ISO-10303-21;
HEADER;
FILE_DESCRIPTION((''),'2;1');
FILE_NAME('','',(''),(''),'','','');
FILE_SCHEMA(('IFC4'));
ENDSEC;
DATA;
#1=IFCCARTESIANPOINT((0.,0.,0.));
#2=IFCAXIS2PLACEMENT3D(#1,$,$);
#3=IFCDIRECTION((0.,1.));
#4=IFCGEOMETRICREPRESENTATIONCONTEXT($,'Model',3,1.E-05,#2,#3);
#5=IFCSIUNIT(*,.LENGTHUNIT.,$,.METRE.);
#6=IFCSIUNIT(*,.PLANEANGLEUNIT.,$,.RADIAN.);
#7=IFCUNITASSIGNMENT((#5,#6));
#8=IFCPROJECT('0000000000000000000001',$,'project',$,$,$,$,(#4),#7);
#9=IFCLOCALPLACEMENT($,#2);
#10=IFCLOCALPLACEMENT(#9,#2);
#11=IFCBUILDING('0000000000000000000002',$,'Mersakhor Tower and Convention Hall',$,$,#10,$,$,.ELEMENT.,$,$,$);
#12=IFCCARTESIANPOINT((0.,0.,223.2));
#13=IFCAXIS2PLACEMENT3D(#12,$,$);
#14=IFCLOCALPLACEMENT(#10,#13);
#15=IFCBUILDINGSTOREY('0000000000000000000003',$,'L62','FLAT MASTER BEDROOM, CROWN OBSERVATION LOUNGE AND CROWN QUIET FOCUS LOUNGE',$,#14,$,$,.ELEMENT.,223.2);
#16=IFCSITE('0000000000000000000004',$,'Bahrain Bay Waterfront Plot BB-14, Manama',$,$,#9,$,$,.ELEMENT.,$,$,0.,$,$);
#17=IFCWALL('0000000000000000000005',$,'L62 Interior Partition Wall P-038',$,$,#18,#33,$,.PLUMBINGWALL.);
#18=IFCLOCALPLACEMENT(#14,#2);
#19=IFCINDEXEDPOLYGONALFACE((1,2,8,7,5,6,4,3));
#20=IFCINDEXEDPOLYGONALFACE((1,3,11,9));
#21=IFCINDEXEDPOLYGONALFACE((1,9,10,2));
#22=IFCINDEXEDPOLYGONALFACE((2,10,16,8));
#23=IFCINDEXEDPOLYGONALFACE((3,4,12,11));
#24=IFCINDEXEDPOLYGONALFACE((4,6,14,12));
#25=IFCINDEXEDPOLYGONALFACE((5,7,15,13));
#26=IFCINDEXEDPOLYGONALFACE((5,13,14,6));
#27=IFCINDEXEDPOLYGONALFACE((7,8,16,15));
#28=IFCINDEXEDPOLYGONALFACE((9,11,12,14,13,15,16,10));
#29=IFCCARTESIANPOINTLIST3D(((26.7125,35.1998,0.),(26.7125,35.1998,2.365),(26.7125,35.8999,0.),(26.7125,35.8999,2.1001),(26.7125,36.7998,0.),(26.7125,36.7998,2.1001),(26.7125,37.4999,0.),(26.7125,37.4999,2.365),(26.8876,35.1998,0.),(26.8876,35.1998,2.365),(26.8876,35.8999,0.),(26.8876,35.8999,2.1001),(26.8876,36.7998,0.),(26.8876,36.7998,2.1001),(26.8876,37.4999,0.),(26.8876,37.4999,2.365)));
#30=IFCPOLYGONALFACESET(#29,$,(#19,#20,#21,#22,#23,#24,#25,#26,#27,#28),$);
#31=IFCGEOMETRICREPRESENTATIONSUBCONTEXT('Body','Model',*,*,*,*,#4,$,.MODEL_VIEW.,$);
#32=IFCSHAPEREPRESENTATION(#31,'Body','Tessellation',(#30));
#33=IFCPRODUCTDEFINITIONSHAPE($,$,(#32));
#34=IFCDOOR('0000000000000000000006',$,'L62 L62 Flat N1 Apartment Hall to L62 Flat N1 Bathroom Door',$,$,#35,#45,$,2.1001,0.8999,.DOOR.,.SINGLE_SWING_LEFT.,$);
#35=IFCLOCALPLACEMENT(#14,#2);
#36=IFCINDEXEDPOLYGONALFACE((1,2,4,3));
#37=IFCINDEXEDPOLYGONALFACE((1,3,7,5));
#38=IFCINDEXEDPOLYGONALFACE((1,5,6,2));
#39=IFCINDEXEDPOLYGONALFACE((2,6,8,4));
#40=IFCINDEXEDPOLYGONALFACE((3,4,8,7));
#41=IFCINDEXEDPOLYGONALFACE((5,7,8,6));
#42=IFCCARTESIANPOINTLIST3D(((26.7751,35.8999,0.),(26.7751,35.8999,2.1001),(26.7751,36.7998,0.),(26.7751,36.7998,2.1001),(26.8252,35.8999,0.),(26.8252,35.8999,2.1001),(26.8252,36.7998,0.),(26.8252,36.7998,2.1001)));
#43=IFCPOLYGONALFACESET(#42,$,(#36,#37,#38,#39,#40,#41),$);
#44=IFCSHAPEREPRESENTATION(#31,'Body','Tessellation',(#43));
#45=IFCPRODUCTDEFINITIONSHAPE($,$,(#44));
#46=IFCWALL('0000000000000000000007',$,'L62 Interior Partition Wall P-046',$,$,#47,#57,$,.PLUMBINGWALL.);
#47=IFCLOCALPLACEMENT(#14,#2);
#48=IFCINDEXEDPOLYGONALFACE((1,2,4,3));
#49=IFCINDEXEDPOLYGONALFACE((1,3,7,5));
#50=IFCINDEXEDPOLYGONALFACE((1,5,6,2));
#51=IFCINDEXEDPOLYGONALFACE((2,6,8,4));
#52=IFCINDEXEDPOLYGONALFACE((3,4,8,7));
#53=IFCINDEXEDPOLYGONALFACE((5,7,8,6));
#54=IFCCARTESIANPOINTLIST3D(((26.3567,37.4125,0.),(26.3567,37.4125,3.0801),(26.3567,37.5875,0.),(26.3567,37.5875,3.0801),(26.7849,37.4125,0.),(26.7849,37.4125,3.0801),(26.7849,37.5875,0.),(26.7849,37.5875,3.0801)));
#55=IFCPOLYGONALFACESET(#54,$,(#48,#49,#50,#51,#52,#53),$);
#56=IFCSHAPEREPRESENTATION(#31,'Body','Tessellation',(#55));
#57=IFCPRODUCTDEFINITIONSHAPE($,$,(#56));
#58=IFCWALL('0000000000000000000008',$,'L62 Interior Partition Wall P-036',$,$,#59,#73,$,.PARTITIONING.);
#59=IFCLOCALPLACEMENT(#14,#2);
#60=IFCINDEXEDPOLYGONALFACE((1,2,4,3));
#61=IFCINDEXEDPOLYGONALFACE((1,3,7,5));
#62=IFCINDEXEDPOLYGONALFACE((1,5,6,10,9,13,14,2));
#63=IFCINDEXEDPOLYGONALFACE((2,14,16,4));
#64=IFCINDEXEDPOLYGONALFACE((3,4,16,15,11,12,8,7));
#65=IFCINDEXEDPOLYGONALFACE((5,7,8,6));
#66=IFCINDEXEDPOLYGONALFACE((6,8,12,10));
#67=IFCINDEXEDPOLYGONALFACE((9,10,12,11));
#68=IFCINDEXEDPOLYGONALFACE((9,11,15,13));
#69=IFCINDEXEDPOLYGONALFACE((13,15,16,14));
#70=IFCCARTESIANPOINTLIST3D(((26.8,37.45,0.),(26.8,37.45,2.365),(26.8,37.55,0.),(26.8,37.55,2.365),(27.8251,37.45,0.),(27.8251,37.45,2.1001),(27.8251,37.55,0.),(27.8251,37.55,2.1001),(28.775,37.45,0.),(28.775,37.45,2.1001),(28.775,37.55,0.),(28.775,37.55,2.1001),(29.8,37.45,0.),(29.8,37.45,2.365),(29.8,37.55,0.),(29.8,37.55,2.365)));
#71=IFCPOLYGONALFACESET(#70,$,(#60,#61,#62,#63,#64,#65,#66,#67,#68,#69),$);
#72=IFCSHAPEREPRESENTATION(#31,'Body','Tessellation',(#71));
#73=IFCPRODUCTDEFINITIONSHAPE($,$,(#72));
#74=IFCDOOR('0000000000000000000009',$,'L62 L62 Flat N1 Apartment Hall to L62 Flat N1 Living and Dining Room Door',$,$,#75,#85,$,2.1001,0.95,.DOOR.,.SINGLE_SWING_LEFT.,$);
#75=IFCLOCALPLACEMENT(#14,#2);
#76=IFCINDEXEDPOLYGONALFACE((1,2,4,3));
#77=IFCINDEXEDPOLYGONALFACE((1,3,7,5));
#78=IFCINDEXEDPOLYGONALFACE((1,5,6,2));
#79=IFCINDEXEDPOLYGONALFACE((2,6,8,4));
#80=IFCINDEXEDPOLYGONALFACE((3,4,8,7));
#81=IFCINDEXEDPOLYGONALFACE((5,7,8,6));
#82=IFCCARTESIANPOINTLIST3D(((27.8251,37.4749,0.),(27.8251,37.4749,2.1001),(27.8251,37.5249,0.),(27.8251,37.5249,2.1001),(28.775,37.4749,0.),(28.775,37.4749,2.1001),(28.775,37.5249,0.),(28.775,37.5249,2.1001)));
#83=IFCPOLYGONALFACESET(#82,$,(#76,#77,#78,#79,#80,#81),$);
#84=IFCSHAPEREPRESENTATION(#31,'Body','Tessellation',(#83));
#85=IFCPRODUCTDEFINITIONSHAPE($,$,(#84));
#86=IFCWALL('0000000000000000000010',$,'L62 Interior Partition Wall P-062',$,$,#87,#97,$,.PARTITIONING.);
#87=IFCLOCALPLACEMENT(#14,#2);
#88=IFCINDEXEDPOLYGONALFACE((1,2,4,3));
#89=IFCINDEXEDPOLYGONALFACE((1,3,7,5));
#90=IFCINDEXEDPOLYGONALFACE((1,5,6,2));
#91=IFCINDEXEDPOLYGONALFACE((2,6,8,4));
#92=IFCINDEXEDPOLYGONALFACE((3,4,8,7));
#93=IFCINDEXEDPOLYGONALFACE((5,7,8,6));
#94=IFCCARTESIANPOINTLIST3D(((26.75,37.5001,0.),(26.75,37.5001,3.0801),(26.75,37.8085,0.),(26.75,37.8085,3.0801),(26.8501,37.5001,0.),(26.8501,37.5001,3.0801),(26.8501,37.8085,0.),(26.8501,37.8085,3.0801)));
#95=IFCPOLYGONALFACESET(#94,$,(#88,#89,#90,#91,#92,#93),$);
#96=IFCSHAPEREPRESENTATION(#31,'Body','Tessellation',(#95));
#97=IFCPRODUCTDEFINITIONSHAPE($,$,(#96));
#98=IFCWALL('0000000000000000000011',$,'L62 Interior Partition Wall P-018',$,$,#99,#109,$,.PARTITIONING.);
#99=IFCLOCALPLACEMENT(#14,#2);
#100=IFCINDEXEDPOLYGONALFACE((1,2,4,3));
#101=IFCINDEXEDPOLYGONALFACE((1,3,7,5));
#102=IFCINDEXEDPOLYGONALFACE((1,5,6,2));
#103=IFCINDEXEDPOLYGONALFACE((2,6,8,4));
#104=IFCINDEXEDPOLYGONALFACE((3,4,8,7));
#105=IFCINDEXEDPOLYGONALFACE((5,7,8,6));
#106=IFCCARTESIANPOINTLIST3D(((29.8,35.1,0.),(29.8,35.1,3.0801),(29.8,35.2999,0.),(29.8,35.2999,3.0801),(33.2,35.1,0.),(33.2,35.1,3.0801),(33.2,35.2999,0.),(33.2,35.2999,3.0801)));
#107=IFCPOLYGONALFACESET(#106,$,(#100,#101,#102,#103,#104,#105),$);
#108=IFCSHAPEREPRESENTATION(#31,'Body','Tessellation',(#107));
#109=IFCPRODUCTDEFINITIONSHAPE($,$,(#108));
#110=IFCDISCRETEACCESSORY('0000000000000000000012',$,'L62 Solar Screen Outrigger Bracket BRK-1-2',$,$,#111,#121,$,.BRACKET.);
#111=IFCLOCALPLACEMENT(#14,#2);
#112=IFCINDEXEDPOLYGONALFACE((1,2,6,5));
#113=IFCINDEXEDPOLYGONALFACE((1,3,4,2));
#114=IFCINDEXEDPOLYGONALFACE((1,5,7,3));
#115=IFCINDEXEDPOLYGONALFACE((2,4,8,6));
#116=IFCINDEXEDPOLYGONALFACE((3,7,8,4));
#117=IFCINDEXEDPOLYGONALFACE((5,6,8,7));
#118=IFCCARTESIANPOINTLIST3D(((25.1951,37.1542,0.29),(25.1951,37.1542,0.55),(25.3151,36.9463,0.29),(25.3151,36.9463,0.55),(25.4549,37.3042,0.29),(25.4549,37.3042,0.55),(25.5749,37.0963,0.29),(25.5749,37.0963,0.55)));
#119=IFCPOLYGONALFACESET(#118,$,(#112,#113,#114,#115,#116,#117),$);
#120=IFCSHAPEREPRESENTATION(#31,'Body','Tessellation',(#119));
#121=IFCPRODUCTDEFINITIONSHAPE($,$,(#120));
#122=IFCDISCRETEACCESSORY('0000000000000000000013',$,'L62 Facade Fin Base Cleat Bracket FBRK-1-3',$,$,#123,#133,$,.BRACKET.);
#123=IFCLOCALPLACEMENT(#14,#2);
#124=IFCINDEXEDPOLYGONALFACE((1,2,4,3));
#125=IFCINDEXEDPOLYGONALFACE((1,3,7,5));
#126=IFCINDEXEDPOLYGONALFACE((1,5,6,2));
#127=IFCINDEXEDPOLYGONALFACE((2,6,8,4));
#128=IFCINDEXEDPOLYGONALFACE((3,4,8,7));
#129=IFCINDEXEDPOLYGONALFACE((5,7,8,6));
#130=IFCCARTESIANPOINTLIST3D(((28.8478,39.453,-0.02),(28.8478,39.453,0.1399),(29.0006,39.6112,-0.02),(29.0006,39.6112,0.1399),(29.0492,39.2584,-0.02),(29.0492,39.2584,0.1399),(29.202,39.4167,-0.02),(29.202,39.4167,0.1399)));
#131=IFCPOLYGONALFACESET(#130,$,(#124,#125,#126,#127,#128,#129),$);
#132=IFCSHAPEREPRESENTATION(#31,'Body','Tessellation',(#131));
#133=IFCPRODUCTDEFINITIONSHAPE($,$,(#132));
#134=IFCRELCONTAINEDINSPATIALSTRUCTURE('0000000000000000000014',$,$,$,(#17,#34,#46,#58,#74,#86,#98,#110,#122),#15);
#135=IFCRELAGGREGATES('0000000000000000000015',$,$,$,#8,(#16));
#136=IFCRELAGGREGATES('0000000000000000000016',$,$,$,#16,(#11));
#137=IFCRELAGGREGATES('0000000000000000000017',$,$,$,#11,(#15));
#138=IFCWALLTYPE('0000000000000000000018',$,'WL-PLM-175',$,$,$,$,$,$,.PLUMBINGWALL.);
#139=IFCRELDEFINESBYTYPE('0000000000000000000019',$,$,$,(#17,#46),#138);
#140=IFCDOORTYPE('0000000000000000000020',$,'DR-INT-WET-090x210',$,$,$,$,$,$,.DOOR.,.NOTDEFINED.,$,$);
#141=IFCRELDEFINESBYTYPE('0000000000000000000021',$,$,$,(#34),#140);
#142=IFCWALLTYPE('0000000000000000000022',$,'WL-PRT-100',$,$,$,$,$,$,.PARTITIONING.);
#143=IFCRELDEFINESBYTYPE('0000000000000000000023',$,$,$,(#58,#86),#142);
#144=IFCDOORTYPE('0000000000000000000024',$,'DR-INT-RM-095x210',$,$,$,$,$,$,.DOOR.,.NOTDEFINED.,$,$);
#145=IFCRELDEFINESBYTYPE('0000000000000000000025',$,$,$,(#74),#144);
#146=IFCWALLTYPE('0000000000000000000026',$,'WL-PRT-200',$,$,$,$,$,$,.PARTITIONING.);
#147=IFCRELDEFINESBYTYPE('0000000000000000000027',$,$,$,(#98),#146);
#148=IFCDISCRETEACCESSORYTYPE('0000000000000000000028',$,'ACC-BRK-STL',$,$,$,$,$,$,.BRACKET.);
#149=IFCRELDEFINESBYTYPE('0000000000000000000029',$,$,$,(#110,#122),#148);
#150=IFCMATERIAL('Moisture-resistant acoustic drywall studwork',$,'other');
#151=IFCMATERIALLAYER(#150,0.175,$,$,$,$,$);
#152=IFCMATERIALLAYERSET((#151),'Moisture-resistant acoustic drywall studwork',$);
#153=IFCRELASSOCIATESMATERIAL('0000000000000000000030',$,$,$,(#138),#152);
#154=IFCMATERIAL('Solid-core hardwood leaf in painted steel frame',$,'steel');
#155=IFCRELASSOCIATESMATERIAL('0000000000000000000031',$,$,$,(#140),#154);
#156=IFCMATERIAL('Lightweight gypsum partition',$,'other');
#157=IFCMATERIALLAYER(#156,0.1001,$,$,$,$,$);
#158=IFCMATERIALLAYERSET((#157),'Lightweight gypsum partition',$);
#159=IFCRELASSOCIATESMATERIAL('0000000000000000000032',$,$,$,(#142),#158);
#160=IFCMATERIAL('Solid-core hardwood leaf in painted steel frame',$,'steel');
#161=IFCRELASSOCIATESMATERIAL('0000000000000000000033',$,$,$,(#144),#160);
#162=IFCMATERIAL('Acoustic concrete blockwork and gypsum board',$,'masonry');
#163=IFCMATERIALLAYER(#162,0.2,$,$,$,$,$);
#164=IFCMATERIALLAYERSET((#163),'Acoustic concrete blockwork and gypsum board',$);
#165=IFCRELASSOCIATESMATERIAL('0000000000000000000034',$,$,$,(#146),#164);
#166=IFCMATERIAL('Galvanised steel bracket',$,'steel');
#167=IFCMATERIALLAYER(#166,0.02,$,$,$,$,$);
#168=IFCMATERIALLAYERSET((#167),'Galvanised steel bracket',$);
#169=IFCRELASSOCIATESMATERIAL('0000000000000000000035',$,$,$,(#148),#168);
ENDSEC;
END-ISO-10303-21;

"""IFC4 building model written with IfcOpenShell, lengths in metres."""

from ifc_helpers import new_model, si_unit, direction, frame, frame_2d, origin, origin_2d, place, context, subcontext, project, spatial, rectangle, extrude, material, layer, layer_set, type_object, element, fill, save


model = new_model("IFC4")

# Units and contexts
model_context = context("Model", 3, precision=1e-05, world=origin(), true_north=direction((0.0, 1.0)))
body_context = subcontext(model_context, "Body", "Model", "MODEL_VIEW")
ifc_project = project(units=[si_unit("LENGTHUNIT", "METRE"), si_unit("PLANEANGLEUNIT", "RADIAN")], contexts=[model_context])

# Site, building, storey
site_placement = place(None, origin())
site = spatial("IfcSite", under=ifc_project, at=site_placement, Name="Bahrain Bay Waterfront Plot BB-14, Manama", CompositionType="ELEMENT", RefElevation=0.0)
building_placement = place(site_placement, origin())
building = spatial("IfcBuilding", under=site, at=building_placement, Name="Mersakhor Tower and Convention Hall", CompositionType="ELEMENT")
storey_placement = place(building_placement, frame((0.0, 0.0, 223.2)))
storey = spatial("IfcBuildingStorey", under=building, at=storey_placement, Name="L62", Description="FLAT MASTER BEDROOM, CROWN OBSERVATION LOUNGE AND CROWN QUIET FOCUS LOUNGE", CompositionType="ELEMENT", Elevation=223.2)

# Wall, opening, door
ifc_material_1 = material(Name="Moisture-resistant acoustic drywall studwork", Category="other")
ifc_layer_1 = layer(ifc_material_1, 0.175)
ifc_layer_set_1 = layer_set([ifc_layer_1], Name="Moisture-resistant acoustic drywall studwork")
wall_type_1 = type_object("IfcWallType", Name="WL-PLM-175", PredefinedType="PLUMBINGWALL", material=ifc_layer_set_1)
wall_1_placement = place(storey_placement, frame((26.8, 35.2, 0.0), z_axis=(0.0, 0.0, 1.0), x_axis=(0.0, 1.0, 0.0)))
wall_1 = element("IfcWall", 1, at=wall_1_placement, inside=storey, type_object=wall_type_1, Name="L62 Interior Partition Wall P-038", PredefinedType="PLUMBINGWALL", context=body_context, shape_type="SweptSolid", body=[
    extrude(rectangle(XDim=2.3, YDim=0.175, at=frame_2d((1.1499, 0.0))), origin(), (0.0, 0.0, 1.0), 2.365),
])
opening_1_placement = place(wall_1_placement, frame((0.7, 0.0, 0.0)))
opening_1 = element("IfcOpeningElement", 2, at=opening_1_placement, cuts=wall_1, PredefinedType="OPENING", context=body_context, shape_type="SweptSolid", body=[
    extrude(rectangle(XDim=0.8999, YDim=2.1001, at=frame_2d((0.45, 1.05))), frame((0.0, 0.0974, 0.0), z_axis=(0.0, -1.0, 0.0), x_axis=(1.0, 0.0, 0.0)), (0.0, 0.0, 1.0), 0.1951),
])
ifc_material_2 = material(Name="Solid-core hardwood leaf in painted steel frame", Category="steel")
door_type_1 = type_object("IfcDoorType", Name="DR-INT-WET-090x210", OperationType="NOTDEFINED", PredefinedType="DOOR", material=ifc_material_2)
door_1_placement = place(opening_1_placement, origin())
door_1 = element("IfcDoor", 3, at=door_1_placement, inside=storey, type_object=door_type_1, Name="L62 L62 Flat N1 Apartment Hall to L62 Flat N1 Bathroom Door", OperationType="SINGLE_SWING_LEFT", OverallHeight=2.1001, OverallWidth=0.8999, PredefinedType="DOOR", context=body_context, shape_type="SweptSolid", body=[
    extrude(rectangle(XDim=0.8999, YDim=2.1001, at=frame_2d((0.45, 1.05))), frame((0.0, 0.0249, 0.0), z_axis=(0.0, -1.0, 0.0), x_axis=(1.0, 0.0, 0.0)), (0.0, 0.0, 1.0), 0.05),
])
fill(opening_1, door_1)

# Wall
wall_2_placement = place(storey_placement, frame((26.3567, 37.5, 0.0), z_axis=(0.0, 0.0, 1.0), x_axis=(1.0, 0.0, 0.0)))
element("IfcWall", 4, at=wall_2_placement, inside=storey, type_object=wall_type_1, Name="L62 Interior Partition Wall P-046", PredefinedType="PLUMBINGWALL", context=body_context, shape_type="SweptSolid", body=[
    extrude(rectangle(XDim=0.4282, YDim=0.175, at=frame_2d((0.2141, 0.0))), origin(), (0.0, 0.0, 1.0), 3.0801),
])

# Wall, opening, door
ifc_material_3 = material(Name="Lightweight gypsum partition", Category="other")
ifc_layer_2 = layer(ifc_material_3, 0.1001)
ifc_layer_set_2 = layer_set([ifc_layer_2], Name="Lightweight gypsum partition")
wall_type_2 = type_object("IfcWallType", Name="WL-PRT-100", PredefinedType="PARTITIONING", material=ifc_layer_set_2)
wall_3_placement = place(storey_placement, frame((26.8, 37.5, 0.0), z_axis=(0.0, 0.0, 1.0), x_axis=(1.0, 0.0, 0.0)))
wall_3 = element("IfcWall", 5, at=wall_3_placement, inside=storey, type_object=wall_type_2, Name="L62 Interior Partition Wall P-036", PredefinedType="PARTITIONING", context=body_context, shape_type="SweptSolid", body=[
    extrude(rectangle(XDim=3.0, YDim=0.1001, at=frame_2d((1.5, 0.0))), origin(), (0.0, 0.0, 1.0), 2.365),
])
opening_2_placement = place(wall_3_placement, frame((1.0249, 0.0, 0.0)))
opening_2 = element("IfcOpeningElement", 6, at=opening_2_placement, cuts=wall_3, PredefinedType="OPENING", context=body_context, shape_type="SweptSolid", body=[
    extrude(rectangle(XDim=0.95, YDim=2.1001, at=frame_2d((0.4751, 1.05))), frame((0.0, 0.0601, 0.0), z_axis=(0.0, -1.0, 0.0), x_axis=(1.0, 0.0, 0.0)), (0.0, 0.0, 1.0), 0.1201),
])
ifc_material_4 = material(Name="Solid-core hardwood leaf in painted steel frame", Category="steel")
door_type_2 = type_object("IfcDoorType", Name="DR-INT-RM-095x210", OperationType="NOTDEFINED", PredefinedType="DOOR", material=ifc_material_4)
door_2_placement = place(opening_2_placement, origin())
door_2 = element("IfcDoor", 7, at=door_2_placement, inside=storey, type_object=door_type_2, Name="L62 L62 Flat N1 Apartment Hall to L62 Flat N1 Living and Dining Room Door", OperationType="SINGLE_SWING_LEFT", OverallHeight=2.1001, OverallWidth=0.95, PredefinedType="DOOR", context=body_context, shape_type="SweptSolid", body=[
    extrude(rectangle(XDim=0.95, YDim=2.1001, at=frame_2d((0.4751, 1.05))), frame((0.0, 0.0249, 0.0), z_axis=(0.0, -1.0, 0.0), x_axis=(1.0, 0.0, 0.0)), (0.0, 0.0, 1.0), 0.05),
])
fill(opening_2, door_2)

# Wall
wall_4_placement = place(storey_placement, frame((26.8, 37.5, 0.0), z_axis=(0.0, 0.0, 1.0), x_axis=(0.0, 1.0, 0.0)))
element("IfcWall", 8, at=wall_4_placement, inside=storey, type_object=wall_type_2, Name="L62 Interior Partition Wall P-062", PredefinedType="PARTITIONING", context=body_context, shape_type="SweptSolid", body=[
    extrude(rectangle(XDim=0.3083, YDim=0.1001, at=frame_2d((0.1543, 0.0))), origin(), (0.0, 0.0, 1.0), 3.0801),
])

# Shared definitions
ifc_material_5 = material(Name="Acoustic concrete blockwork and gypsum board", Category="masonry")
ifc_layer_3 = layer(ifc_material_5, 0.2)
ifc_layer_set_3 = layer_set([ifc_layer_3], Name="Acoustic concrete blockwork and gypsum board")
wall_type_3 = type_object("IfcWallType", Name="WL-PRT-200", PredefinedType="PARTITIONING", material=ifc_layer_set_3)

# Wall
wall_5_placement = place(storey_placement, frame((29.8, 35.2, 0.0), z_axis=(0.0, 0.0, 1.0), x_axis=(1.0, 0.0, 0.0)))
element("IfcWall", 9, at=wall_5_placement, inside=storey, type_object=wall_type_3, Name="L62 Interior Partition Wall P-018", PredefinedType="PARTITIONING", context=body_context, shape_type="SweptSolid", body=[
    extrude(rectangle(XDim=3.3999, YDim=0.2, at=frame_2d((1.7, 0.0))), origin(), (0.0, 0.0, 1.0), 3.0801),
])

# Discrete accessories
ifc_material_6 = material(Name="Galvanised steel bracket", Category="steel")
ifc_layer_4 = layer(ifc_material_6, 0.02)
ifc_layer_set_4 = layer_set([ifc_layer_4], Name="Galvanised steel bracket")
discrete_accessory_type = type_object("IfcDiscreteAccessoryType", Name="ACC-BRK-STL", PredefinedType="BRACKET", material=ifc_layer_set_4)
discrete_accessory_1_placement = place(storey_placement, frame((25.385, 37.1252, 0.29), z_axis=(0.0, 0.0, 1.0), x_axis=(0.866025, 0.5, 0.0)))
element("IfcDiscreteAccessory", 10, at=discrete_accessory_1_placement, inside=storey, type_object=discrete_accessory_type, Name="L62 Solar Screen Outrigger Bracket BRK-1-2", PredefinedType="BRACKET", context=body_context, shape_type="SweptSolid", body=[
    extrude(rectangle(XDim=0.3, YDim=0.24, at=origin_2d()), origin(), (0.0, 0.0, 1.0), 0.26),
])
discrete_accessory_2_placement = place(storey_placement, frame((29.0249, 39.4348, -0.02), z_axis=(0.0, 0.0, 1.0), x_axis=(-0.71934, 0.694658, 0.0)))
element("IfcDiscreteAccessory", 11, at=discrete_accessory_2_placement, inside=storey, type_object=discrete_accessory_type, Name="L62 Facade Fin Base Cleat Bracket FBRK-1-3", PredefinedType="BRACKET", context=body_context, shape_type="SweptSolid", body=[
    extrude(rectangle(XDim=0.28, YDim=0.22, at=origin_2d()), origin(), (0.0, 0.0, 1.0), 0.1599),
])

save(model, "model.ifc")
